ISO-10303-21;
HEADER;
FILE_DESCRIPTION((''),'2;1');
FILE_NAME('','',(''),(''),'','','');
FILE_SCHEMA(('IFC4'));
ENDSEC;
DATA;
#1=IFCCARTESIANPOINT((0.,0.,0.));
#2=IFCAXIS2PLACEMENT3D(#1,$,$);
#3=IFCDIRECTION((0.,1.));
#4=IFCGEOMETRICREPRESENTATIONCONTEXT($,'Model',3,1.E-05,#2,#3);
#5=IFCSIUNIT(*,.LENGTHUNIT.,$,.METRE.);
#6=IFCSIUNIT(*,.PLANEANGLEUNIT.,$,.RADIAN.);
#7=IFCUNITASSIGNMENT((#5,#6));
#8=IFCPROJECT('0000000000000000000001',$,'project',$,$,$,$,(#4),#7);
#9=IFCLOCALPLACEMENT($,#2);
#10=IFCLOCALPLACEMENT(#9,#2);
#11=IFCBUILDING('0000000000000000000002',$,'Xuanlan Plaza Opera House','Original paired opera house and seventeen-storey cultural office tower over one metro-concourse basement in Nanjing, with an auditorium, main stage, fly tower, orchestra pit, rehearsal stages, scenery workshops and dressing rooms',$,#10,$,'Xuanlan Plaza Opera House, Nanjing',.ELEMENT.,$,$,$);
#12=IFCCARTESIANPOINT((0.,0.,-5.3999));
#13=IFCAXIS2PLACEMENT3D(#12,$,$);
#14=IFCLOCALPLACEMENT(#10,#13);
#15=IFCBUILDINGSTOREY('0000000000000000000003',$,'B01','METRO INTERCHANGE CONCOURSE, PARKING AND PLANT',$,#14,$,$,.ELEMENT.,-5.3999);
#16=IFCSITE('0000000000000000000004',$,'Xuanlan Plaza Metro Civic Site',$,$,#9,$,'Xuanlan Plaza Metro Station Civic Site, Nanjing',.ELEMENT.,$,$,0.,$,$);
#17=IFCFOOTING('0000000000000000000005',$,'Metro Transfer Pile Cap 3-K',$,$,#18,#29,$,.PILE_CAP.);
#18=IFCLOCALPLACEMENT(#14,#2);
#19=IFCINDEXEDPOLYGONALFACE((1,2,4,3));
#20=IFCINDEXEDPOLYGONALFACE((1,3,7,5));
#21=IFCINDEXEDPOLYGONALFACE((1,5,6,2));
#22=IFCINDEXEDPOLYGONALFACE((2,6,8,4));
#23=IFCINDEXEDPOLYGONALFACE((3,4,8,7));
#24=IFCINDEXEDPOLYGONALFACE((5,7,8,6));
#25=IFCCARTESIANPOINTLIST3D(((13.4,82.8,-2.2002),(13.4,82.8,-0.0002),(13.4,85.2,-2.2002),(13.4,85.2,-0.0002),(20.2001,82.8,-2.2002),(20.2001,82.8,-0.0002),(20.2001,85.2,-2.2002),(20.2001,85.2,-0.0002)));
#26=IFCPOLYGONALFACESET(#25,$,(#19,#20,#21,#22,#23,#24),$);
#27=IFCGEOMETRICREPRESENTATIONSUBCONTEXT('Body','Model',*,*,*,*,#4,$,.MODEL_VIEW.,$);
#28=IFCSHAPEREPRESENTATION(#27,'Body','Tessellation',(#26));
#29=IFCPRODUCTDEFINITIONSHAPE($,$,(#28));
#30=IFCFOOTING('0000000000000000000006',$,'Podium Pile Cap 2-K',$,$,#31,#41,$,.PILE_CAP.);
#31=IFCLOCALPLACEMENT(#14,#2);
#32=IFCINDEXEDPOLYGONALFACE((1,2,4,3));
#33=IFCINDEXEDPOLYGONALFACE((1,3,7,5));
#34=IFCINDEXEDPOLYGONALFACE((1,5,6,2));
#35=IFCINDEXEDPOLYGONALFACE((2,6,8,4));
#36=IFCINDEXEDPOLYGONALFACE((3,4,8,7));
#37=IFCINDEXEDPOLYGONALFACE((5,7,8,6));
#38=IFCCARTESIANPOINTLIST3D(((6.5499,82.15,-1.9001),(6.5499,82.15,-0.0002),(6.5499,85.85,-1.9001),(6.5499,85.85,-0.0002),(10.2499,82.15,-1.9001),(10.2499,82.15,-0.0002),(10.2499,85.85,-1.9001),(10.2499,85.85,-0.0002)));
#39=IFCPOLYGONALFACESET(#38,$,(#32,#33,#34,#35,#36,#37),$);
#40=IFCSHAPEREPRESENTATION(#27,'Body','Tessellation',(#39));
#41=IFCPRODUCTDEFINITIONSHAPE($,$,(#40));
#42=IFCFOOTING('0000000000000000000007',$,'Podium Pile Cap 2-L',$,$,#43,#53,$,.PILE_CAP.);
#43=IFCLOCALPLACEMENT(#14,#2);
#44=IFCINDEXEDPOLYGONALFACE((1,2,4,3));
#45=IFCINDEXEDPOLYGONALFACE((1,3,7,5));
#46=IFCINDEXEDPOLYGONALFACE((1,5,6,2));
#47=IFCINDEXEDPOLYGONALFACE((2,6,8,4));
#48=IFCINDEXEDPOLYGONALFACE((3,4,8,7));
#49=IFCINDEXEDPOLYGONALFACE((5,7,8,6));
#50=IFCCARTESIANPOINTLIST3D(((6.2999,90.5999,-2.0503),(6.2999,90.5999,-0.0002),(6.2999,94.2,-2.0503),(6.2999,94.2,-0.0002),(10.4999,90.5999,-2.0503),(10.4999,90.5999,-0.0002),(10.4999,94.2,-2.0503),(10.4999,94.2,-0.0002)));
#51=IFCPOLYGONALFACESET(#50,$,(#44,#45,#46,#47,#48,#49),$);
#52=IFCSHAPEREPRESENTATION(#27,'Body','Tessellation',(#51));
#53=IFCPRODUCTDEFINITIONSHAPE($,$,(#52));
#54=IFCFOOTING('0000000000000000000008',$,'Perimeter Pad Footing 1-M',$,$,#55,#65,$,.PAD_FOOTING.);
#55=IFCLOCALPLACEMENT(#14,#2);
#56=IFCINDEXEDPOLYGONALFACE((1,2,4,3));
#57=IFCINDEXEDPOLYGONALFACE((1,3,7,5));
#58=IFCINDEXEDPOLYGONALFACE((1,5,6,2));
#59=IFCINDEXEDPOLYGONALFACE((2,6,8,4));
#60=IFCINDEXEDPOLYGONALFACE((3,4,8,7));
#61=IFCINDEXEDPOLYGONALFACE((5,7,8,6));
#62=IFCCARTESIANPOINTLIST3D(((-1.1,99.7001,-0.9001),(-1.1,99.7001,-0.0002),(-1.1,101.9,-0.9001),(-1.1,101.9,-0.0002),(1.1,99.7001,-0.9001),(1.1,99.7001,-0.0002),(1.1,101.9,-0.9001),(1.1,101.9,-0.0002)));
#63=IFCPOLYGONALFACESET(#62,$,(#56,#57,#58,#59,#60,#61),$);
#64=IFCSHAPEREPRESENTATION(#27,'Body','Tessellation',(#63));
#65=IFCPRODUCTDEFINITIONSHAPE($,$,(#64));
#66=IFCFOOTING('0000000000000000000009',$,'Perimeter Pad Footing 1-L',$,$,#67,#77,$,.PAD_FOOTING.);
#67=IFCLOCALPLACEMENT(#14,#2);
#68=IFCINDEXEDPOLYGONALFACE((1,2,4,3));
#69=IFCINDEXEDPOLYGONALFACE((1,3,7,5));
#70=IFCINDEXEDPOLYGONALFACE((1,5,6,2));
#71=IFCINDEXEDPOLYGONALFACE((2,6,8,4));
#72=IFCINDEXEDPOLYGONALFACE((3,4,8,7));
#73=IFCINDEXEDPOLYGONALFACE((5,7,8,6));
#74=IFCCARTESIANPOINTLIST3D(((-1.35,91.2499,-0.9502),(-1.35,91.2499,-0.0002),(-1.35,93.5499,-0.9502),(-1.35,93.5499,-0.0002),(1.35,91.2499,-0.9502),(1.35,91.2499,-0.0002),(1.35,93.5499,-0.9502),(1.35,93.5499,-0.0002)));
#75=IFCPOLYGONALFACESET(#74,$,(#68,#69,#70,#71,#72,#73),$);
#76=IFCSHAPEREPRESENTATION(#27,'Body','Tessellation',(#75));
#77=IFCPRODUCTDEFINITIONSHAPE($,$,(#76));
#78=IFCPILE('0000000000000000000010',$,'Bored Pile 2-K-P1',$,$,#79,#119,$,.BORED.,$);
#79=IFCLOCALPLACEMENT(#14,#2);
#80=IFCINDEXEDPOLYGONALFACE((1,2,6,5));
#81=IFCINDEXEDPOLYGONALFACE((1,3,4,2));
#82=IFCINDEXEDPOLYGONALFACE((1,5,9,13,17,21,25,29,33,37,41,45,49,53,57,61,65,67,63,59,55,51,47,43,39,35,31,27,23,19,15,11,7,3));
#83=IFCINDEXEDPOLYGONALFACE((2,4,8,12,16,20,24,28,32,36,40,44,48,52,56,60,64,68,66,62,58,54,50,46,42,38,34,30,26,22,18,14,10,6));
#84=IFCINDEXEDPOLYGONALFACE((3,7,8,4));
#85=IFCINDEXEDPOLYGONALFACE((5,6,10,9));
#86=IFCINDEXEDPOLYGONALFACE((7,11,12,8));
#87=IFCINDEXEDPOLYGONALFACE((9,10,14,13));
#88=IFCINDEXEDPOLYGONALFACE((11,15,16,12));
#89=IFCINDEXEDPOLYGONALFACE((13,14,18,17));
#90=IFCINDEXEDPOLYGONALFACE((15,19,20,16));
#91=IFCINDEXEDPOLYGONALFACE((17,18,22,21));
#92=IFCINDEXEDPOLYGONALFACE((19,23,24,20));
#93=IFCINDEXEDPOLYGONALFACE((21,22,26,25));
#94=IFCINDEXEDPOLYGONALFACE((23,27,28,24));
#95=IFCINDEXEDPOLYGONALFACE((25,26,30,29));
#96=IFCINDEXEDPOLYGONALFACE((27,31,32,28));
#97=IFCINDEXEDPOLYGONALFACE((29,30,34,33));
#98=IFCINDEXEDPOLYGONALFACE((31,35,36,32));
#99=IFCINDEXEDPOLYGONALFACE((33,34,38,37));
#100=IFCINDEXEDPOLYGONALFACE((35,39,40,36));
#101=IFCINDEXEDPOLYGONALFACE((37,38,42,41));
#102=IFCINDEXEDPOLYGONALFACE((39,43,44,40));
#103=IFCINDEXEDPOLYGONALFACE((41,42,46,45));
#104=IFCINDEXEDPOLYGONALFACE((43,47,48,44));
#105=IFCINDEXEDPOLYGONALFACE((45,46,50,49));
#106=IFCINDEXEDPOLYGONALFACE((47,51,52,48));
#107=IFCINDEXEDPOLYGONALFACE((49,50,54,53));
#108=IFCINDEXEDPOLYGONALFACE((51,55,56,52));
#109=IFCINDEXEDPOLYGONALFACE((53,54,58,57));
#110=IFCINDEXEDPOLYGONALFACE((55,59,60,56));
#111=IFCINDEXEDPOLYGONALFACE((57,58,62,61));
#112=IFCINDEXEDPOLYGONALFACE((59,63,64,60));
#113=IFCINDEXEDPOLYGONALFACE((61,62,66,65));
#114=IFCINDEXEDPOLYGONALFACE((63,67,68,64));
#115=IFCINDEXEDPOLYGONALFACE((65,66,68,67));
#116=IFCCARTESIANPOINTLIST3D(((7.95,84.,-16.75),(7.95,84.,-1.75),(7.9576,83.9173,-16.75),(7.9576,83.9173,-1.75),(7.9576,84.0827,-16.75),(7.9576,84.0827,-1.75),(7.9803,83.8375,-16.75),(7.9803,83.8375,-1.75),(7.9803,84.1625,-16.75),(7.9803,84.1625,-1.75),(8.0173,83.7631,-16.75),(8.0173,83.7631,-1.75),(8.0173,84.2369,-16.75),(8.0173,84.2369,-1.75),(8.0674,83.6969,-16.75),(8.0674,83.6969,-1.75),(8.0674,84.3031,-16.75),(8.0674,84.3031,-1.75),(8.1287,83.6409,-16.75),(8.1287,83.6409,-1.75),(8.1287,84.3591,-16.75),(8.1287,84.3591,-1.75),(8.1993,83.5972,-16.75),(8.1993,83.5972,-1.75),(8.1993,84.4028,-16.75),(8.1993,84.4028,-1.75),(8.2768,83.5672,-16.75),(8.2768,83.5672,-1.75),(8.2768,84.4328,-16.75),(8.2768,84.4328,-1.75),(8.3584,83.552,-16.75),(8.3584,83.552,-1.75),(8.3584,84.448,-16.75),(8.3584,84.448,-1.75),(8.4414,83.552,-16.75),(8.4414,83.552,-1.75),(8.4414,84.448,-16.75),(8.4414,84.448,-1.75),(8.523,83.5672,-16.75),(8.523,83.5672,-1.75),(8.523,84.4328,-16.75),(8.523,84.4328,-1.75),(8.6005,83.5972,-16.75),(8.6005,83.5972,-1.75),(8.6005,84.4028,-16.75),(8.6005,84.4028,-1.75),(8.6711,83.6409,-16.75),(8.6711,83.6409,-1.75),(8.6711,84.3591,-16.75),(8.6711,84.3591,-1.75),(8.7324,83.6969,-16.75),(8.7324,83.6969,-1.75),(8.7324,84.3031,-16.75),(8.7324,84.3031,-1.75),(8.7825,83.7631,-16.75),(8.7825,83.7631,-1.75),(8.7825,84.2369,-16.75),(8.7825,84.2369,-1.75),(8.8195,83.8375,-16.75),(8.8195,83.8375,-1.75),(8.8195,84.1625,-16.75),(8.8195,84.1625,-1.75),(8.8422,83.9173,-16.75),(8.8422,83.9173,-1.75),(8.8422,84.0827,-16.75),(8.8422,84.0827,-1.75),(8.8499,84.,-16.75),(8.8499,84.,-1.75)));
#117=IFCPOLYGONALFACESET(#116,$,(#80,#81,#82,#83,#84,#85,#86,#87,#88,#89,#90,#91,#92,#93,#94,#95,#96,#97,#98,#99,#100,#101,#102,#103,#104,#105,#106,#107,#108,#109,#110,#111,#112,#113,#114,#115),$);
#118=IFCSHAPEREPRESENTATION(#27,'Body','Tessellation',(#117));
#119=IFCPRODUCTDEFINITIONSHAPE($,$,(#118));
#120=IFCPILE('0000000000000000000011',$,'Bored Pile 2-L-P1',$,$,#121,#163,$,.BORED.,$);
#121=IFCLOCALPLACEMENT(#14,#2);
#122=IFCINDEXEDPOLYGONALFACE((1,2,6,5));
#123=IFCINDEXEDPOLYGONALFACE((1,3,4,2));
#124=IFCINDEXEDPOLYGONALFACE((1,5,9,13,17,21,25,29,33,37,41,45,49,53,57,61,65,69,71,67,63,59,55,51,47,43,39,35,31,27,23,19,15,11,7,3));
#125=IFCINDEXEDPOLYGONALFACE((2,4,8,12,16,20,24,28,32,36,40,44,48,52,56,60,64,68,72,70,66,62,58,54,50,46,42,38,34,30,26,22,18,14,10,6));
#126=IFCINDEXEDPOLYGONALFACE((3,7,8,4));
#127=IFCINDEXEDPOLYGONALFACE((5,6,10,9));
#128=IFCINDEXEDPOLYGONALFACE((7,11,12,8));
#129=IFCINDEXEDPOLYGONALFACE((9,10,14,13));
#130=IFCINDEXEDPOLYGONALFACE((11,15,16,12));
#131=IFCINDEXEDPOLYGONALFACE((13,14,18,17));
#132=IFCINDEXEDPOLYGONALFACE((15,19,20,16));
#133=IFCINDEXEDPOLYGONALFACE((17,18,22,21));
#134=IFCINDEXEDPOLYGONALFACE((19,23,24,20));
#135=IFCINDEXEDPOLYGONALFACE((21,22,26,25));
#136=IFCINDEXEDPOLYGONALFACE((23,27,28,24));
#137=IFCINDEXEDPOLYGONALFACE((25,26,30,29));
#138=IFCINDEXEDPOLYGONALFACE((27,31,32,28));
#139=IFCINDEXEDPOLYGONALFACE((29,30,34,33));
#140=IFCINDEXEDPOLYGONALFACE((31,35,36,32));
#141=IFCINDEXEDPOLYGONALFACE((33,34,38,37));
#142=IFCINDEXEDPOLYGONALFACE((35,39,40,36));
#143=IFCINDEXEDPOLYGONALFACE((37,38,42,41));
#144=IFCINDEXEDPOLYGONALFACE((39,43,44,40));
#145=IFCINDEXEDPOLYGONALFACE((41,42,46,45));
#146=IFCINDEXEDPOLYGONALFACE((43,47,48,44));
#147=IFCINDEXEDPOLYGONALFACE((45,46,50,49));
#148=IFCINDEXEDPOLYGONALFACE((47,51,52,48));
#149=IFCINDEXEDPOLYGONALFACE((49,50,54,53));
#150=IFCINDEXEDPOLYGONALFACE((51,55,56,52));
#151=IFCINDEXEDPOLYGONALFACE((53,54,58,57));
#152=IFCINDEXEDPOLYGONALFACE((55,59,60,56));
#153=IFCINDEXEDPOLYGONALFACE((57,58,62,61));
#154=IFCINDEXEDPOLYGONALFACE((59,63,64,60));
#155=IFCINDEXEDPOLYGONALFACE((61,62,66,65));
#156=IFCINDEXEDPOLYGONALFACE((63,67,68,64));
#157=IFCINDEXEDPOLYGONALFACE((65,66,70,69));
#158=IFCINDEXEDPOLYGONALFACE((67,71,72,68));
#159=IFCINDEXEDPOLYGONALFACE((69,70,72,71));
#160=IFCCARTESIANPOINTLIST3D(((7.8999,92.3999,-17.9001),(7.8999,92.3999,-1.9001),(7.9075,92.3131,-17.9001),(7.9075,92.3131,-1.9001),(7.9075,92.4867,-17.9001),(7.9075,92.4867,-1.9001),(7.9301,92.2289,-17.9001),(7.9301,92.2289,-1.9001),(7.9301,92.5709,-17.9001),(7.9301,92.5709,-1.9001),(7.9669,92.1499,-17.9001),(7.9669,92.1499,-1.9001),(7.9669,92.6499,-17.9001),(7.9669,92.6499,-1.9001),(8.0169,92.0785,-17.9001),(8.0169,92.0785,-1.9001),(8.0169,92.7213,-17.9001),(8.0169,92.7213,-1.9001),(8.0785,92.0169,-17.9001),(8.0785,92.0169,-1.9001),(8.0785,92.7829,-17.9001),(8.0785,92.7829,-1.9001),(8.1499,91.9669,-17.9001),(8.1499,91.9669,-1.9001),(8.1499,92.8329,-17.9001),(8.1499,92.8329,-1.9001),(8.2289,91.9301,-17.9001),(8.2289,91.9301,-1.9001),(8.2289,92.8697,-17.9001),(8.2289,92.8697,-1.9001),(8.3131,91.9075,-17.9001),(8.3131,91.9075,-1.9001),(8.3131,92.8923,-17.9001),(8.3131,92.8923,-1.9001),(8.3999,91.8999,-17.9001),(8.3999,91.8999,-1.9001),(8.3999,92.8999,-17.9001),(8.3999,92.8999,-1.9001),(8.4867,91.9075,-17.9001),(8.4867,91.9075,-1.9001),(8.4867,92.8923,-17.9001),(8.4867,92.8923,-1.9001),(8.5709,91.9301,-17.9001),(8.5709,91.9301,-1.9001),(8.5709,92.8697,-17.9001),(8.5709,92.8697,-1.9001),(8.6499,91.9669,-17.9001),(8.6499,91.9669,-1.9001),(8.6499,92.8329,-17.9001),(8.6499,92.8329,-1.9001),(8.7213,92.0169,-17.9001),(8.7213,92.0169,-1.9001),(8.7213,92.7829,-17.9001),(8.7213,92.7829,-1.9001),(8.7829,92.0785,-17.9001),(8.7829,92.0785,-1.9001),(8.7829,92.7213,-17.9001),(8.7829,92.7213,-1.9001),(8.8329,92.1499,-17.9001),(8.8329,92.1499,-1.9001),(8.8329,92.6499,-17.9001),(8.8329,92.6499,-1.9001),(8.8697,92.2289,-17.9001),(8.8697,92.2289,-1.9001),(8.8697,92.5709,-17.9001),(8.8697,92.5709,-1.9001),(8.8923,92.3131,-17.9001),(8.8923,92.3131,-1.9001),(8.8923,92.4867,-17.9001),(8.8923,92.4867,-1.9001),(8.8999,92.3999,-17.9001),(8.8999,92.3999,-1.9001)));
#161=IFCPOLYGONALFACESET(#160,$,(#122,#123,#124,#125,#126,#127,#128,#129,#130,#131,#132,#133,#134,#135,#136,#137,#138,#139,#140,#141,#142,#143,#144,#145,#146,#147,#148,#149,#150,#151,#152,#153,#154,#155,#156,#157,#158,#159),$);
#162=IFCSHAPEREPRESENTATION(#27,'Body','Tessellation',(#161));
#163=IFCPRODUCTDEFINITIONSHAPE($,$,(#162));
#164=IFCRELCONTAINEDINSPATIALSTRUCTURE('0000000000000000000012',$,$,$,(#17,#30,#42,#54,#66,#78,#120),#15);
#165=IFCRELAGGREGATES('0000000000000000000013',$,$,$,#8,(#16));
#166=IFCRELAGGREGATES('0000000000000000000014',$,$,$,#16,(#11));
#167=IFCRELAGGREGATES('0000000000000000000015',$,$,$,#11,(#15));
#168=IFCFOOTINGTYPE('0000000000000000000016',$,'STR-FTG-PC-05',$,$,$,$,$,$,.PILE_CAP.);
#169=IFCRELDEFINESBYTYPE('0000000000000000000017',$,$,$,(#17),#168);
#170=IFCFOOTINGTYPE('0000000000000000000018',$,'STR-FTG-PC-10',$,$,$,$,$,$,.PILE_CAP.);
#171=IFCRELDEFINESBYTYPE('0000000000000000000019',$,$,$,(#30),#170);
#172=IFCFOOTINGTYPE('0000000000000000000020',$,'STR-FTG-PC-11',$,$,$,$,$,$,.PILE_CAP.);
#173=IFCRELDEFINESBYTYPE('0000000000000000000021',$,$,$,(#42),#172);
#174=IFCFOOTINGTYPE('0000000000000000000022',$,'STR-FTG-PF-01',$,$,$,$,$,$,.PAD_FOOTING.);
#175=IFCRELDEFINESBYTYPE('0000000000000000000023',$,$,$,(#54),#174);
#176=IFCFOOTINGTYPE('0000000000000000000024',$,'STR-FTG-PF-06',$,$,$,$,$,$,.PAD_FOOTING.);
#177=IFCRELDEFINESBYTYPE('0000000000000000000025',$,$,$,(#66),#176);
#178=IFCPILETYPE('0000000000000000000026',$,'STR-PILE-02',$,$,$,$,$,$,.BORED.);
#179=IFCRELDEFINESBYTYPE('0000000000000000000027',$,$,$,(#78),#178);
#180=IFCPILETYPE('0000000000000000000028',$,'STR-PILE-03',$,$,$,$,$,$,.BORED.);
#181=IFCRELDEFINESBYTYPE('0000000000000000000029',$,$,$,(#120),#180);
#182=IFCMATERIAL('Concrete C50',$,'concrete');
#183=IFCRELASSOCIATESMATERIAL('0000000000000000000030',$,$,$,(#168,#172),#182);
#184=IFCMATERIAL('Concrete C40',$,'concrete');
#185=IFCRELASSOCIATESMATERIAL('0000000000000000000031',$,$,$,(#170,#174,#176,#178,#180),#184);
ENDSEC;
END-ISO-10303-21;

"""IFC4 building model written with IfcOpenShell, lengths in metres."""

from ifc_helpers import new_model, si_unit, direction, frame, origin, origin_2d, place, context, subcontext, project, spatial, rectangle, circle, extrude, material, material_profile, profile_set, type_object, element, save


model = new_model("IFC4")

# Units and contexts
model_context = context("Model", 3, precision=1e-05, world=origin(), true_north=direction((0.0, 1.0)))
body_context = subcontext(model_context, "Body", "Model", "MODEL_VIEW")
ifc_project = project(units=[si_unit("LENGTHUNIT", "METRE"), si_unit("PLANEANGLEUNIT", "RADIAN")], contexts=[model_context])

# Site, building, storey
site_placement = place(None, origin())
site = spatial("IfcSite", under=ifc_project, at=site_placement, Name="Xuanlan Plaza Metro Civic Site", LongName="Xuanlan Plaza Metro Station Civic Site, Nanjing", CompositionType="ELEMENT", RefElevation=0.0)
building_placement = place(site_placement, origin())
building = spatial("IfcBuilding", under=site, at=building_placement, Name="Xuanlan Plaza Opera House", Description="Original paired opera house and seventeen-storey cultural office tower over one metro-concourse basement in Nanjing, with an auditorium, main stage, fly tower, orchestra pit, rehearsal stages, scenery workshops and dressing rooms", LongName="Xuanlan Plaza Opera House, Nanjing", CompositionType="ELEMENT")
storey_placement = place(building_placement, frame((0.0, 0.0, -5.3999)))
storey = spatial("IfcBuildingStorey", under=building, at=storey_placement, Name="B01", Description="METRO INTERCHANGE CONCOURSE, PARKING AND PLANT", CompositionType="ELEMENT", Elevation=-5.3999)

# Footings
ifc_material_1 = material(Name="Concrete C50", Category="concrete")
footing_type_1 = type_object("IfcFootingType", Name="STR-FTG-PC-05", PredefinedType="PILE_CAP", material=ifc_material_1)
footing_1_placement = place(storey_placement, frame((16.8, 84.0, -2.2002), z_axis=(0.0, 0.0, 1.0), x_axis=(1.0, 0.0, 0.0)))
element("IfcFooting", 1, at=footing_1_placement, inside=storey, type_object=footing_type_1, Name="Metro Transfer Pile Cap 3-K", PredefinedType="PILE_CAP", context=body_context, shape_type="SweptSolid", body=[
    extrude(rectangle(XDim=6.8, YDim=2.3999, at=origin_2d()), origin(), (0.0, 0.0, 1.0), 2.2),
])
ifc_material_2 = material(Name="Concrete C40", Category="concrete")
footing_type_2 = type_object("IfcFootingType", Name="STR-FTG-PC-10", PredefinedType="PILE_CAP", material=ifc_material_2)
footing_2_placement = place(storey_placement, frame((8.3999, 84.0, -1.9001), z_axis=(0.0, 0.0, 1.0), x_axis=(1.0, 0.0, 0.0)))
element("IfcFooting", 2, at=footing_2_placement, inside=storey, type_object=footing_type_2, Name="Podium Pile Cap 2-K", PredefinedType="PILE_CAP", context=body_context, shape_type="SweptSolid", body=[
    extrude(rectangle(XDim=3.7, YDim=3.7, at=origin_2d()), origin(), (0.0, 0.0, 1.0), 1.8999),
])
footing_type_3 = type_object("IfcFootingType", Name="STR-FTG-PC-11", PredefinedType="PILE_CAP", material=ifc_material_1)
footing_3_placement = place(storey_placement, frame((8.3999, 92.3999, -2.0503), z_axis=(0.0, 0.0, 1.0), x_axis=(1.0, 0.0, 0.0)))
element("IfcFooting", 3, at=footing_3_placement, inside=storey, type_object=footing_type_3, Name="Podium Pile Cap 2-L", PredefinedType="PILE_CAP", context=body_context, shape_type="SweptSolid", body=[
    extrude(rectangle(XDim=4.2, YDim=3.6001, at=origin_2d()), origin(), (0.0, 0.0, 1.0), 2.05),
])
footing_type_4 = type_object("IfcFootingType", Name="STR-FTG-PF-01", PredefinedType="PAD_FOOTING", material=ifc_material_2)
footing_4_placement = place(storey_placement, frame((0.0, 100.8, -0.9001), z_axis=(0.0, 0.0, 1.0), x_axis=(1.0, 0.0, 0.0)))
element("IfcFooting", 4, at=footing_4_placement, inside=storey, type_object=footing_type_4, Name="Perimeter Pad Footing 1-M", PredefinedType="PAD_FOOTING", context=body_context, shape_type="SweptSolid", body=[
    extrude(rectangle(XDim=2.2, YDim=2.2, at=origin_2d()), origin(), (0.0, 0.0, 1.0), 0.8999),
])
footing_type_5 = type_object("IfcFootingType", Name="STR-FTG-PF-06", PredefinedType="PAD_FOOTING", material=ifc_material_2)
footing_5_placement = place(storey_placement, frame((0.0, 92.3999, -0.9502), z_axis=(0.0, 0.0, 1.0), x_axis=(1.0, 0.0, 0.0)))
element("IfcFooting", 5, at=footing_5_placement, inside=storey, type_object=footing_type_5, Name="Perimeter Pad Footing 1-L", PredefinedType="PAD_FOOTING", context=body_context, shape_type="SweptSolid", body=[
    extrude(rectangle(XDim=2.7, YDim=2.3, at=origin_2d()), origin(), (0.0, 0.0, 1.0), 0.95),
])

# Piles
ifc_material_profile_1 = material_profile(ifc_material_2, circle(Radius=0.45, at=origin_2d()), Name="PILE D900")
ifc_profile_set_1 = profile_set([ifc_material_profile_1], Name="Concrete C40")
pile_type_1 = type_object("IfcPileType", Name="STR-PILE-02", PredefinedType="BORED", material=ifc_profile_set_1)
pile_1_placement = place(storey_placement, frame((8.3999, 84.0, -1.75), z_axis=(0.0, 0.0, -1.0), x_axis=(1.0, 0.0, 0.0)))
element("IfcPile", 6, at=pile_1_placement, inside=storey, type_object=pile_type_1, Name="Bored Pile 2-K-P1", PredefinedType="BORED", context=body_context, shape_type="SweptSolid", body=[
    extrude(circle(Radius=0.45, at=origin_2d()), origin(), (0.0, 0.0, 1.0), 15.0),
])
ifc_material_profile_2 = material_profile(ifc_material_2, circle(Radius=0.5, at=origin_2d()), Name="PILE D1000")
ifc_profile_set_2 = profile_set([ifc_material_profile_2], Name="Concrete C40")
pile_type_2 = type_object("IfcPileType", Name="STR-PILE-03", PredefinedType="BORED", material=ifc_profile_set_2)
pile_2_placement = place(storey_placement, frame((8.3999, 92.3999, -1.9001), z_axis=(0.0, 0.0, -1.0), x_axis=(1.0, 0.0, 0.0)))
element("IfcPile", 7, at=pile_2_placement, inside=storey, type_object=pile_type_2, Name="Bored Pile 2-L-P1", PredefinedType="BORED", context=body_context, shape_type="SweptSolid", body=[
    extrude(circle(Radius=0.5, at=origin_2d()), origin(), (0.0, 0.0, 1.0), 16.0),
])

save(model, "model.ifc")
